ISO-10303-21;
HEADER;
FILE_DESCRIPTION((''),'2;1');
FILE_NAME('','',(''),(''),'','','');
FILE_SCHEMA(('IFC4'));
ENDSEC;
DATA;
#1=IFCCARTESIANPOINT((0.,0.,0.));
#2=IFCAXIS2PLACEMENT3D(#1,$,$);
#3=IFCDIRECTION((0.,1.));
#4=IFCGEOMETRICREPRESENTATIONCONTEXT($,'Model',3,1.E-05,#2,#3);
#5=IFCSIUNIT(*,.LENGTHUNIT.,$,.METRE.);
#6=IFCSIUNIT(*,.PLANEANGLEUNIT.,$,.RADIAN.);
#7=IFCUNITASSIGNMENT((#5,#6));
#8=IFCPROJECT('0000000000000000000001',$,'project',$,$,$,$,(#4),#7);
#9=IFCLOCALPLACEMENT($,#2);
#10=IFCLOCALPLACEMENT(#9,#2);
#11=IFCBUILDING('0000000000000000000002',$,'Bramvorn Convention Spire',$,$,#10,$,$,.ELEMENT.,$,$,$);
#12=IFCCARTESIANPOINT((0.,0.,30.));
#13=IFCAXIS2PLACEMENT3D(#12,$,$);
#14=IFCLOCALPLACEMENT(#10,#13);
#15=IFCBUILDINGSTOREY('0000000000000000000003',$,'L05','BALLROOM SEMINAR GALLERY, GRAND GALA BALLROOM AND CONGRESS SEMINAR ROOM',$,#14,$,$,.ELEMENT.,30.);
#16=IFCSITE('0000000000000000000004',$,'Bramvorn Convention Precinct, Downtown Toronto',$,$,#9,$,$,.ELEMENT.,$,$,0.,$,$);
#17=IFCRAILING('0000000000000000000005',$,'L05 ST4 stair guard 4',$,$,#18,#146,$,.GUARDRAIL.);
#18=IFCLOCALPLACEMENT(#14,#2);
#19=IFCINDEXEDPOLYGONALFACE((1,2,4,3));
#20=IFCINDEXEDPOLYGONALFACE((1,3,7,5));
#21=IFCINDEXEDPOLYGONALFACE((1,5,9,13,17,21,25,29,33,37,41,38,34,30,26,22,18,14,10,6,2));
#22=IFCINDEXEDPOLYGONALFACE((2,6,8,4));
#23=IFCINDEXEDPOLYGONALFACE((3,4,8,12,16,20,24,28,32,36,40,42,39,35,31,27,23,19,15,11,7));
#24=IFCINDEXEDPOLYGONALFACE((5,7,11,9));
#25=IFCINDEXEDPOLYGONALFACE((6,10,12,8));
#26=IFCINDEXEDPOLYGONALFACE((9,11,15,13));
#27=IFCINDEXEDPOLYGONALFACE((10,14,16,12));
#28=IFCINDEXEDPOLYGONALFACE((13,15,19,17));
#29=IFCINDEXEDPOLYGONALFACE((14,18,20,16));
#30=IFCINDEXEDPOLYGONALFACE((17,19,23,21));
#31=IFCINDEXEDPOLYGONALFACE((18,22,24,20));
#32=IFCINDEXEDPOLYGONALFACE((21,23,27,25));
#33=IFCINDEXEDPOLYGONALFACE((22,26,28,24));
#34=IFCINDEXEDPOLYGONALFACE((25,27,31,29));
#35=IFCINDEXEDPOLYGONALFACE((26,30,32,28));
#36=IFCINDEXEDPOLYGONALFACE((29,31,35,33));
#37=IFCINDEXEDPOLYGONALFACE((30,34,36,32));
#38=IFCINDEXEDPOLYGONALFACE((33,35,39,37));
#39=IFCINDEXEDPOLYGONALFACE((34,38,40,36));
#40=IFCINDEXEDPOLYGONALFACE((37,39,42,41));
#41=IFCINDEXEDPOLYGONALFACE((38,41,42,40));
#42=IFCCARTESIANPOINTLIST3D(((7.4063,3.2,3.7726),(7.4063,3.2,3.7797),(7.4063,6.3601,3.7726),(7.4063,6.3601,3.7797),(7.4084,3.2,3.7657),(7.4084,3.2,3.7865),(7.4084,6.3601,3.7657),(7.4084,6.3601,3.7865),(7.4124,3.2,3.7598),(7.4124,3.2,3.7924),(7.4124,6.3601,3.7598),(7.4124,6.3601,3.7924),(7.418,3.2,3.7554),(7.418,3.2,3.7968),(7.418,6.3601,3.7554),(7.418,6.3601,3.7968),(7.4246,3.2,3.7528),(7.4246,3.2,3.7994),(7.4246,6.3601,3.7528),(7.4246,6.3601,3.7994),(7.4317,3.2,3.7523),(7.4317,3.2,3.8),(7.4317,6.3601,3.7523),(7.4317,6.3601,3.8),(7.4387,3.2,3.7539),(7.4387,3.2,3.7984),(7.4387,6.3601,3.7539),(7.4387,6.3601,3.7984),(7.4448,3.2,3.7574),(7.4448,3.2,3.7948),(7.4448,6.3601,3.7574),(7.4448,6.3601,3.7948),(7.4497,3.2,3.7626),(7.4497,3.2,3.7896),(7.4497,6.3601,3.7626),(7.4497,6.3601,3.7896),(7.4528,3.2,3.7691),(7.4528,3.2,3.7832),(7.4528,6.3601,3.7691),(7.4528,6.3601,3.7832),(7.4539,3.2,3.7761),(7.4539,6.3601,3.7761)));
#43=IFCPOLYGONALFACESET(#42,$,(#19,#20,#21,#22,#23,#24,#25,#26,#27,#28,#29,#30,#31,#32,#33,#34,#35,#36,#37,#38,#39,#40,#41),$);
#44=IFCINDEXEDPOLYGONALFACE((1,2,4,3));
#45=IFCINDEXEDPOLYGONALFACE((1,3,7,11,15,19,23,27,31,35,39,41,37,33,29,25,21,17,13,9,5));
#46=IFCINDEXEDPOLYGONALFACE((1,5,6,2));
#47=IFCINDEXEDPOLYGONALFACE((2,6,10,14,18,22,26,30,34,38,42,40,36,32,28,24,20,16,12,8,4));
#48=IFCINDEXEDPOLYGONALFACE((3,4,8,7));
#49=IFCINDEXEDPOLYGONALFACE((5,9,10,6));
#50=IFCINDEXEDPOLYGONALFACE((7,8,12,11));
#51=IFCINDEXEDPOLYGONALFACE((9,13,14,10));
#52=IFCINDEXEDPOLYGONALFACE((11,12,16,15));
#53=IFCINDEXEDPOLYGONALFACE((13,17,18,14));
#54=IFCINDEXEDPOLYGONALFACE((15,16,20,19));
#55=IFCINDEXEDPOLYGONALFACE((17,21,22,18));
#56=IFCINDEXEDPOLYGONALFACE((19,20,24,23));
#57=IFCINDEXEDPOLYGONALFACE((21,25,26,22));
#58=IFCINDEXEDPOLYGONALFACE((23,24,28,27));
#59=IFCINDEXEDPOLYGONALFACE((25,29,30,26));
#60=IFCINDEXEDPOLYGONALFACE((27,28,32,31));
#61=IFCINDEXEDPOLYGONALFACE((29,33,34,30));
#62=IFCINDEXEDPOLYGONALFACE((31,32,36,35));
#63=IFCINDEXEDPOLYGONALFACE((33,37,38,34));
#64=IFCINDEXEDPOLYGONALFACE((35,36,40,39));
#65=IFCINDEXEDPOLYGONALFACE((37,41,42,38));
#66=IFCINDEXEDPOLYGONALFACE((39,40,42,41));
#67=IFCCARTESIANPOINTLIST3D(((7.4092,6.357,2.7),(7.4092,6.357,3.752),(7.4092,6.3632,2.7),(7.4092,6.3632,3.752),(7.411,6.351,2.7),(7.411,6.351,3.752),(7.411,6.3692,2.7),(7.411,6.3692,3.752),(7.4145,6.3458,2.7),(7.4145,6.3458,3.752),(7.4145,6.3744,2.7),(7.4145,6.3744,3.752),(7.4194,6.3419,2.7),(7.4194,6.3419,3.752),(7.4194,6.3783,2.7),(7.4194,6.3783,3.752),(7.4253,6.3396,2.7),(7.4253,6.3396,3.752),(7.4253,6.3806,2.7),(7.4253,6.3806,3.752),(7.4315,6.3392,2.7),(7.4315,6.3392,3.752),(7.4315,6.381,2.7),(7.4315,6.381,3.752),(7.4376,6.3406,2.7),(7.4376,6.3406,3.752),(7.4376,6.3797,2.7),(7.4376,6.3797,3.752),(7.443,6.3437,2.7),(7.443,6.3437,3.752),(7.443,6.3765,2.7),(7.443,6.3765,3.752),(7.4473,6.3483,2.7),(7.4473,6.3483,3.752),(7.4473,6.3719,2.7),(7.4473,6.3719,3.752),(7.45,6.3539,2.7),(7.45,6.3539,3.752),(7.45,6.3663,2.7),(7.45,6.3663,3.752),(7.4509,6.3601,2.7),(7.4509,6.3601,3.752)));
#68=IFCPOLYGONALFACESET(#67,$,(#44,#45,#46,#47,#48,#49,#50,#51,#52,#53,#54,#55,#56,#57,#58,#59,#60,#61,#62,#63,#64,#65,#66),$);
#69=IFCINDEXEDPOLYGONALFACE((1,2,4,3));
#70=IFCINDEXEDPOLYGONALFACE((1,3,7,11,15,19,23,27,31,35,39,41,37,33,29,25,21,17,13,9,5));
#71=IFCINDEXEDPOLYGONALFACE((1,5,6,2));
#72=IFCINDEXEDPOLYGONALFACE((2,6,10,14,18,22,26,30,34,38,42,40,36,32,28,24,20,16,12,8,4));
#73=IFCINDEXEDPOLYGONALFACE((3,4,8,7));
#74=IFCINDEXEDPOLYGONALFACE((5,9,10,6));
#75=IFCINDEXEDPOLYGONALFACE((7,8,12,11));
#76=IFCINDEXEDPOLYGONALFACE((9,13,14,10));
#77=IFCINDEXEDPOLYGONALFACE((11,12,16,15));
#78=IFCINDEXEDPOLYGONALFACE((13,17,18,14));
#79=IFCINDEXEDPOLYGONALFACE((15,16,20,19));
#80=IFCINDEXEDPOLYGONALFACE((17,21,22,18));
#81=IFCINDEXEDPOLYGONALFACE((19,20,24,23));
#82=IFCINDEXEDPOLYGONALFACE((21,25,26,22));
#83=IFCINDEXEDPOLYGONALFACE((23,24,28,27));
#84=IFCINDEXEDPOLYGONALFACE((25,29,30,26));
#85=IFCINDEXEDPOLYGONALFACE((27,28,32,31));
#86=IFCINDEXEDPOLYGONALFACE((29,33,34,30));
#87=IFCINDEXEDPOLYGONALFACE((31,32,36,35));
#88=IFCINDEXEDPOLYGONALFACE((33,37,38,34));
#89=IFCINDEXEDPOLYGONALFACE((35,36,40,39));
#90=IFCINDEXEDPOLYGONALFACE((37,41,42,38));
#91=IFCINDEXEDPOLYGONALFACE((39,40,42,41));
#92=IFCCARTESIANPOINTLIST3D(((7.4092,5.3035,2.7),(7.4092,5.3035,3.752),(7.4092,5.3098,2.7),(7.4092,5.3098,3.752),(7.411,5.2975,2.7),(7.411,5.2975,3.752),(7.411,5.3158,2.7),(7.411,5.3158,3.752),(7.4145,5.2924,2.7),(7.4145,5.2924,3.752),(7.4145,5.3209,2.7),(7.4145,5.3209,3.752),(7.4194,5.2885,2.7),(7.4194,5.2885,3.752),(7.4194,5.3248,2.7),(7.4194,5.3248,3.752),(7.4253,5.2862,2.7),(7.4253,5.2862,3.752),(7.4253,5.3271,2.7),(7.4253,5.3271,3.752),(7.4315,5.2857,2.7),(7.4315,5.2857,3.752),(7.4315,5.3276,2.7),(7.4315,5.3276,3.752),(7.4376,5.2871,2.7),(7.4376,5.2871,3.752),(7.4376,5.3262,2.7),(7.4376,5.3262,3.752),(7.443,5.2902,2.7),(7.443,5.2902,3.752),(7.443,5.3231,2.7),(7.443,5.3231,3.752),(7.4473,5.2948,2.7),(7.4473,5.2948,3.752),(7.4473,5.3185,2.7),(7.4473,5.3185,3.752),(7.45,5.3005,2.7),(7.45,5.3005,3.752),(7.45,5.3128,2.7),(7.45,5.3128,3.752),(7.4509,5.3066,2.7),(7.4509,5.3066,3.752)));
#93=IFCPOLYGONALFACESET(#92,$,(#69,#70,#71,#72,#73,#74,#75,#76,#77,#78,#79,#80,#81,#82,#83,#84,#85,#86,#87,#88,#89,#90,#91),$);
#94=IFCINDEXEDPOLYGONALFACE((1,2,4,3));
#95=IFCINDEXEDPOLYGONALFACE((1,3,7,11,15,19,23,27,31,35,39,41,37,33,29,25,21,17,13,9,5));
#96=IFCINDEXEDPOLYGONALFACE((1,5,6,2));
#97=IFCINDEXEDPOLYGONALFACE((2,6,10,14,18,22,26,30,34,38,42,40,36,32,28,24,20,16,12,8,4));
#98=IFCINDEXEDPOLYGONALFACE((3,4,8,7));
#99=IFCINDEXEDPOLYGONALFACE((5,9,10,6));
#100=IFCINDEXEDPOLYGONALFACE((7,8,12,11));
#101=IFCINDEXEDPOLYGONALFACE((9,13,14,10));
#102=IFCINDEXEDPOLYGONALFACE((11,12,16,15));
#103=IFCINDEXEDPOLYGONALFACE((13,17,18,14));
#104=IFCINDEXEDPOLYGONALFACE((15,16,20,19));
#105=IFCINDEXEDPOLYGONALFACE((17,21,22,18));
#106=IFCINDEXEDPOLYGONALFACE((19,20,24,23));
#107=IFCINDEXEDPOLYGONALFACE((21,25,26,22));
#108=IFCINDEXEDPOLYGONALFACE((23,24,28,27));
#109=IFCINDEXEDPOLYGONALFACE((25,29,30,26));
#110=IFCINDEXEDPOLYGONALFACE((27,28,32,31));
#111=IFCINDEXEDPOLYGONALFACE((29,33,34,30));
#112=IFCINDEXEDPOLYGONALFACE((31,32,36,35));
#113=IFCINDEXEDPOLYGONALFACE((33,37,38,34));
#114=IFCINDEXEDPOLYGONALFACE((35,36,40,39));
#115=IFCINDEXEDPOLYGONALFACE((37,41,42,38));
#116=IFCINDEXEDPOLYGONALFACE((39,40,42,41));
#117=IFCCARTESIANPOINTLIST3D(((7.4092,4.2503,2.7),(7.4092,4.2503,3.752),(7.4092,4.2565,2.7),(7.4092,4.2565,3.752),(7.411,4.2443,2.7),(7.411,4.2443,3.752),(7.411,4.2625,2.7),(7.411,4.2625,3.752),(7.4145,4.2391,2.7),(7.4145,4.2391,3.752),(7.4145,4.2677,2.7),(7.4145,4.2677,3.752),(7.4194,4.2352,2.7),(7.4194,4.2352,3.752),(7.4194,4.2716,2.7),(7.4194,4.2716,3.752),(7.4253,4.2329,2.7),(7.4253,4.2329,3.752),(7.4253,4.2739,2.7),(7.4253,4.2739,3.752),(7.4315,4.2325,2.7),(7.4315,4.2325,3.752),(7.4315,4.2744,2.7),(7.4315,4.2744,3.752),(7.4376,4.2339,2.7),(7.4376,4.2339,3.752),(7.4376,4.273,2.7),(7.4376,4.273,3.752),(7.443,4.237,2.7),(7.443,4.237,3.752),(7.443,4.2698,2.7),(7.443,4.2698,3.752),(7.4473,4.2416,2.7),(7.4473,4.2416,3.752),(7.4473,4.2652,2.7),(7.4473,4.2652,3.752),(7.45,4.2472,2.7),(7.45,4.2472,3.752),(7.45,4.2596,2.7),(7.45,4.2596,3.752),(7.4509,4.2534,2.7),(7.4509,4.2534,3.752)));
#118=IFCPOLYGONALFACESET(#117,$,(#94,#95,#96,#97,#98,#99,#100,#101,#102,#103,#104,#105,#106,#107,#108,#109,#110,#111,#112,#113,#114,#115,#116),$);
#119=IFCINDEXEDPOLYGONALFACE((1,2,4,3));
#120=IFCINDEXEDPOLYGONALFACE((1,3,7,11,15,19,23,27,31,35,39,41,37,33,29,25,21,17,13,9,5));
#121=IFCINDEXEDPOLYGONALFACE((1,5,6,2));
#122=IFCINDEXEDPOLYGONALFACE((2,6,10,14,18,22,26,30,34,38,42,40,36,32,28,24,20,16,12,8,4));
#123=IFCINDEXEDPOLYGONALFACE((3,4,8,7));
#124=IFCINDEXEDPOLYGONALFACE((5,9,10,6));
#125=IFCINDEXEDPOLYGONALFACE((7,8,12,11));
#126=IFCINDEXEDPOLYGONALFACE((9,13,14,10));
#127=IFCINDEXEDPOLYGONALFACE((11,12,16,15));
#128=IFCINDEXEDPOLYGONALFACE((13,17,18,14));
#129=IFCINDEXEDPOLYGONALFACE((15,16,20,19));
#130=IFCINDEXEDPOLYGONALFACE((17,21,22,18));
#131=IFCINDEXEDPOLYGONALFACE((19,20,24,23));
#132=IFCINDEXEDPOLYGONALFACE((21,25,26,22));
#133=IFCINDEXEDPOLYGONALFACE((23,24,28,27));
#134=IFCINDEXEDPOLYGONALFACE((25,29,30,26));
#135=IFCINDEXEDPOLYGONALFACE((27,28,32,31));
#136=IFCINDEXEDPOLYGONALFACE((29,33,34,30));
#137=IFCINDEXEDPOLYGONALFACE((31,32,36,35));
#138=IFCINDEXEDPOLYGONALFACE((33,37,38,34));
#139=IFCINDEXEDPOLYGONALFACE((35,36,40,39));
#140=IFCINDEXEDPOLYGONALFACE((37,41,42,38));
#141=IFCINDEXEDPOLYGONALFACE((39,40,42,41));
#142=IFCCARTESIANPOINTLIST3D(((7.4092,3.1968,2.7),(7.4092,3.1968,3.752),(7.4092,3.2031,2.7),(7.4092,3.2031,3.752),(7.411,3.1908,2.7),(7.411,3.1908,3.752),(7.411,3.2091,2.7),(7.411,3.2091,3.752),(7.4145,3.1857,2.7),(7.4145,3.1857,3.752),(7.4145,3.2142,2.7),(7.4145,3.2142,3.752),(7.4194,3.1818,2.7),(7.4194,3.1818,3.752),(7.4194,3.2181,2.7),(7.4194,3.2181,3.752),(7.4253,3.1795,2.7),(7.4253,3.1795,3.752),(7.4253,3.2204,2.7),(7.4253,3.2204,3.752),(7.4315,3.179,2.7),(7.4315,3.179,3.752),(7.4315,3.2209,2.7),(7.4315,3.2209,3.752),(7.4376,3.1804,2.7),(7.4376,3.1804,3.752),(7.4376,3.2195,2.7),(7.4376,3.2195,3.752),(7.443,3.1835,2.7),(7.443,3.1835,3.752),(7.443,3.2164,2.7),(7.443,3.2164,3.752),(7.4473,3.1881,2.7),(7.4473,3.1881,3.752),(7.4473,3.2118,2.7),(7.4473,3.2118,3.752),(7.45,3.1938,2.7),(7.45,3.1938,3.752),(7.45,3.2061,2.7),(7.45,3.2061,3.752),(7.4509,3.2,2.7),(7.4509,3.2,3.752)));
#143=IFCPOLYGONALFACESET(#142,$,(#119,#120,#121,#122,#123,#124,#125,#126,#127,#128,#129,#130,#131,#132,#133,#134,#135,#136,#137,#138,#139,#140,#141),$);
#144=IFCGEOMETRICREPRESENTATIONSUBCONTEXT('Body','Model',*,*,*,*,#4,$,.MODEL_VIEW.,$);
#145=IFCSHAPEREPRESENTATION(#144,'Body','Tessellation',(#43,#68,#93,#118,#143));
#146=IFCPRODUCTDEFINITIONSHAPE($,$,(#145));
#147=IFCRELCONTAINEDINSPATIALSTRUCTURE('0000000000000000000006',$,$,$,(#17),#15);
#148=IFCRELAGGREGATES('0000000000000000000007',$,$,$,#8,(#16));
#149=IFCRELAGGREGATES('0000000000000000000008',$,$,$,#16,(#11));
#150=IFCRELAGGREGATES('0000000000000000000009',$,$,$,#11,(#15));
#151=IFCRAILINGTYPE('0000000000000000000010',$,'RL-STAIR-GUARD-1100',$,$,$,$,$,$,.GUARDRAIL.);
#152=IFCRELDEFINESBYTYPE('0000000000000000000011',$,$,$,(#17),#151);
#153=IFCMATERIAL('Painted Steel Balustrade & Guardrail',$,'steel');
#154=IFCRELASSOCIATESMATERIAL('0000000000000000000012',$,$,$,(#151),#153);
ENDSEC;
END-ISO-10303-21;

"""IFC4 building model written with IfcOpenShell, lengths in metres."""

from ifc_helpers import new_model, si_unit, direction, frame, origin, origin_2d, place, context, subcontext, project, spatial, circle, extrude, material, type_object, element, save


model = new_model("IFC4")

# Units and contexts
model_context = context("Model", 3, precision=1e-05, world=origin(), true_north=direction((0.0, 1.0)))
body_context = subcontext(model_context, "Body", "Model", "MODEL_VIEW")
ifc_project = project(units=[si_unit("LENGTHUNIT", "METRE"), si_unit("PLANEANGLEUNIT", "RADIAN")], contexts=[model_context])

# Site, building, storey
site_placement = place(None, origin())
site = spatial("IfcSite", under=ifc_project, at=site_placement, Name="Bramvorn Convention Precinct, Downtown Toronto", CompositionType="ELEMENT", RefElevation=0.0)
building_placement = place(site_placement, origin())
building = spatial("IfcBuilding", under=site, at=building_placement, Name="Bramvorn Convention Spire", CompositionType="ELEMENT")
storey_placement = place(building_placement, frame((0.0, 0.0, 30.0)))
storey = spatial("IfcBuildingStorey", under=building, at=storey_placement, Name="L05", Description="BALLROOM SEMINAR GALLERY, GRAND GALA BALLROOM AND CONGRESS SEMINAR ROOM", CompositionType="ELEMENT", Elevation=30.0)

# Railing
ifc_material_1 = material(Name="Painted Steel Balustrade & Guardrail", Category="steel")
railing_type_1 = type_object("IfcRailingType", Name="RL-STAIR-GUARD-1100", PredefinedType="GUARDRAIL", material=ifc_material_1)
for number, where, name in (
    (1, (7.4299, 6.3601, 2.7), "L05 ST4 stair guard 4"),
):
    element("IfcRailing", number, at=place(storey_placement, frame(where)), inside=storey, type_object=railing_type_1, Name=name, PredefinedType="GUARDRAIL", context=body_context, shape_type="SweptSolid", body=[
        extrude(circle(Radius=0.0239, at=origin_2d()), frame((0.0, 0.0, 1.0762), z_axis=(0.0, -1.0, 0.0), x_axis=(1.0, 0.0, 0.0)), (0.0, 0.0, 1.0), 3.1602),
        extrude(circle(Radius=0.021, at=origin_2d()), origin(), (0.0, 0.0, 1.0), 1.052),
        extrude(circle(Radius=0.021, at=origin_2d()), frame((0.0, -1.0535, 0.0)), (0.0, 0.0, 1.0), 1.052),
        extrude(circle(Radius=0.021, at=origin_2d()), frame((0.0, -2.1067, 0.0)), (0.0, 0.0, 1.0), 1.052),
        extrude(circle(Radius=0.021, at=origin_2d()), frame((0.0, -3.1602, 0.0)), (0.0, 0.0, 1.0), 1.052),
    ])

save(model, "model.ifc")
